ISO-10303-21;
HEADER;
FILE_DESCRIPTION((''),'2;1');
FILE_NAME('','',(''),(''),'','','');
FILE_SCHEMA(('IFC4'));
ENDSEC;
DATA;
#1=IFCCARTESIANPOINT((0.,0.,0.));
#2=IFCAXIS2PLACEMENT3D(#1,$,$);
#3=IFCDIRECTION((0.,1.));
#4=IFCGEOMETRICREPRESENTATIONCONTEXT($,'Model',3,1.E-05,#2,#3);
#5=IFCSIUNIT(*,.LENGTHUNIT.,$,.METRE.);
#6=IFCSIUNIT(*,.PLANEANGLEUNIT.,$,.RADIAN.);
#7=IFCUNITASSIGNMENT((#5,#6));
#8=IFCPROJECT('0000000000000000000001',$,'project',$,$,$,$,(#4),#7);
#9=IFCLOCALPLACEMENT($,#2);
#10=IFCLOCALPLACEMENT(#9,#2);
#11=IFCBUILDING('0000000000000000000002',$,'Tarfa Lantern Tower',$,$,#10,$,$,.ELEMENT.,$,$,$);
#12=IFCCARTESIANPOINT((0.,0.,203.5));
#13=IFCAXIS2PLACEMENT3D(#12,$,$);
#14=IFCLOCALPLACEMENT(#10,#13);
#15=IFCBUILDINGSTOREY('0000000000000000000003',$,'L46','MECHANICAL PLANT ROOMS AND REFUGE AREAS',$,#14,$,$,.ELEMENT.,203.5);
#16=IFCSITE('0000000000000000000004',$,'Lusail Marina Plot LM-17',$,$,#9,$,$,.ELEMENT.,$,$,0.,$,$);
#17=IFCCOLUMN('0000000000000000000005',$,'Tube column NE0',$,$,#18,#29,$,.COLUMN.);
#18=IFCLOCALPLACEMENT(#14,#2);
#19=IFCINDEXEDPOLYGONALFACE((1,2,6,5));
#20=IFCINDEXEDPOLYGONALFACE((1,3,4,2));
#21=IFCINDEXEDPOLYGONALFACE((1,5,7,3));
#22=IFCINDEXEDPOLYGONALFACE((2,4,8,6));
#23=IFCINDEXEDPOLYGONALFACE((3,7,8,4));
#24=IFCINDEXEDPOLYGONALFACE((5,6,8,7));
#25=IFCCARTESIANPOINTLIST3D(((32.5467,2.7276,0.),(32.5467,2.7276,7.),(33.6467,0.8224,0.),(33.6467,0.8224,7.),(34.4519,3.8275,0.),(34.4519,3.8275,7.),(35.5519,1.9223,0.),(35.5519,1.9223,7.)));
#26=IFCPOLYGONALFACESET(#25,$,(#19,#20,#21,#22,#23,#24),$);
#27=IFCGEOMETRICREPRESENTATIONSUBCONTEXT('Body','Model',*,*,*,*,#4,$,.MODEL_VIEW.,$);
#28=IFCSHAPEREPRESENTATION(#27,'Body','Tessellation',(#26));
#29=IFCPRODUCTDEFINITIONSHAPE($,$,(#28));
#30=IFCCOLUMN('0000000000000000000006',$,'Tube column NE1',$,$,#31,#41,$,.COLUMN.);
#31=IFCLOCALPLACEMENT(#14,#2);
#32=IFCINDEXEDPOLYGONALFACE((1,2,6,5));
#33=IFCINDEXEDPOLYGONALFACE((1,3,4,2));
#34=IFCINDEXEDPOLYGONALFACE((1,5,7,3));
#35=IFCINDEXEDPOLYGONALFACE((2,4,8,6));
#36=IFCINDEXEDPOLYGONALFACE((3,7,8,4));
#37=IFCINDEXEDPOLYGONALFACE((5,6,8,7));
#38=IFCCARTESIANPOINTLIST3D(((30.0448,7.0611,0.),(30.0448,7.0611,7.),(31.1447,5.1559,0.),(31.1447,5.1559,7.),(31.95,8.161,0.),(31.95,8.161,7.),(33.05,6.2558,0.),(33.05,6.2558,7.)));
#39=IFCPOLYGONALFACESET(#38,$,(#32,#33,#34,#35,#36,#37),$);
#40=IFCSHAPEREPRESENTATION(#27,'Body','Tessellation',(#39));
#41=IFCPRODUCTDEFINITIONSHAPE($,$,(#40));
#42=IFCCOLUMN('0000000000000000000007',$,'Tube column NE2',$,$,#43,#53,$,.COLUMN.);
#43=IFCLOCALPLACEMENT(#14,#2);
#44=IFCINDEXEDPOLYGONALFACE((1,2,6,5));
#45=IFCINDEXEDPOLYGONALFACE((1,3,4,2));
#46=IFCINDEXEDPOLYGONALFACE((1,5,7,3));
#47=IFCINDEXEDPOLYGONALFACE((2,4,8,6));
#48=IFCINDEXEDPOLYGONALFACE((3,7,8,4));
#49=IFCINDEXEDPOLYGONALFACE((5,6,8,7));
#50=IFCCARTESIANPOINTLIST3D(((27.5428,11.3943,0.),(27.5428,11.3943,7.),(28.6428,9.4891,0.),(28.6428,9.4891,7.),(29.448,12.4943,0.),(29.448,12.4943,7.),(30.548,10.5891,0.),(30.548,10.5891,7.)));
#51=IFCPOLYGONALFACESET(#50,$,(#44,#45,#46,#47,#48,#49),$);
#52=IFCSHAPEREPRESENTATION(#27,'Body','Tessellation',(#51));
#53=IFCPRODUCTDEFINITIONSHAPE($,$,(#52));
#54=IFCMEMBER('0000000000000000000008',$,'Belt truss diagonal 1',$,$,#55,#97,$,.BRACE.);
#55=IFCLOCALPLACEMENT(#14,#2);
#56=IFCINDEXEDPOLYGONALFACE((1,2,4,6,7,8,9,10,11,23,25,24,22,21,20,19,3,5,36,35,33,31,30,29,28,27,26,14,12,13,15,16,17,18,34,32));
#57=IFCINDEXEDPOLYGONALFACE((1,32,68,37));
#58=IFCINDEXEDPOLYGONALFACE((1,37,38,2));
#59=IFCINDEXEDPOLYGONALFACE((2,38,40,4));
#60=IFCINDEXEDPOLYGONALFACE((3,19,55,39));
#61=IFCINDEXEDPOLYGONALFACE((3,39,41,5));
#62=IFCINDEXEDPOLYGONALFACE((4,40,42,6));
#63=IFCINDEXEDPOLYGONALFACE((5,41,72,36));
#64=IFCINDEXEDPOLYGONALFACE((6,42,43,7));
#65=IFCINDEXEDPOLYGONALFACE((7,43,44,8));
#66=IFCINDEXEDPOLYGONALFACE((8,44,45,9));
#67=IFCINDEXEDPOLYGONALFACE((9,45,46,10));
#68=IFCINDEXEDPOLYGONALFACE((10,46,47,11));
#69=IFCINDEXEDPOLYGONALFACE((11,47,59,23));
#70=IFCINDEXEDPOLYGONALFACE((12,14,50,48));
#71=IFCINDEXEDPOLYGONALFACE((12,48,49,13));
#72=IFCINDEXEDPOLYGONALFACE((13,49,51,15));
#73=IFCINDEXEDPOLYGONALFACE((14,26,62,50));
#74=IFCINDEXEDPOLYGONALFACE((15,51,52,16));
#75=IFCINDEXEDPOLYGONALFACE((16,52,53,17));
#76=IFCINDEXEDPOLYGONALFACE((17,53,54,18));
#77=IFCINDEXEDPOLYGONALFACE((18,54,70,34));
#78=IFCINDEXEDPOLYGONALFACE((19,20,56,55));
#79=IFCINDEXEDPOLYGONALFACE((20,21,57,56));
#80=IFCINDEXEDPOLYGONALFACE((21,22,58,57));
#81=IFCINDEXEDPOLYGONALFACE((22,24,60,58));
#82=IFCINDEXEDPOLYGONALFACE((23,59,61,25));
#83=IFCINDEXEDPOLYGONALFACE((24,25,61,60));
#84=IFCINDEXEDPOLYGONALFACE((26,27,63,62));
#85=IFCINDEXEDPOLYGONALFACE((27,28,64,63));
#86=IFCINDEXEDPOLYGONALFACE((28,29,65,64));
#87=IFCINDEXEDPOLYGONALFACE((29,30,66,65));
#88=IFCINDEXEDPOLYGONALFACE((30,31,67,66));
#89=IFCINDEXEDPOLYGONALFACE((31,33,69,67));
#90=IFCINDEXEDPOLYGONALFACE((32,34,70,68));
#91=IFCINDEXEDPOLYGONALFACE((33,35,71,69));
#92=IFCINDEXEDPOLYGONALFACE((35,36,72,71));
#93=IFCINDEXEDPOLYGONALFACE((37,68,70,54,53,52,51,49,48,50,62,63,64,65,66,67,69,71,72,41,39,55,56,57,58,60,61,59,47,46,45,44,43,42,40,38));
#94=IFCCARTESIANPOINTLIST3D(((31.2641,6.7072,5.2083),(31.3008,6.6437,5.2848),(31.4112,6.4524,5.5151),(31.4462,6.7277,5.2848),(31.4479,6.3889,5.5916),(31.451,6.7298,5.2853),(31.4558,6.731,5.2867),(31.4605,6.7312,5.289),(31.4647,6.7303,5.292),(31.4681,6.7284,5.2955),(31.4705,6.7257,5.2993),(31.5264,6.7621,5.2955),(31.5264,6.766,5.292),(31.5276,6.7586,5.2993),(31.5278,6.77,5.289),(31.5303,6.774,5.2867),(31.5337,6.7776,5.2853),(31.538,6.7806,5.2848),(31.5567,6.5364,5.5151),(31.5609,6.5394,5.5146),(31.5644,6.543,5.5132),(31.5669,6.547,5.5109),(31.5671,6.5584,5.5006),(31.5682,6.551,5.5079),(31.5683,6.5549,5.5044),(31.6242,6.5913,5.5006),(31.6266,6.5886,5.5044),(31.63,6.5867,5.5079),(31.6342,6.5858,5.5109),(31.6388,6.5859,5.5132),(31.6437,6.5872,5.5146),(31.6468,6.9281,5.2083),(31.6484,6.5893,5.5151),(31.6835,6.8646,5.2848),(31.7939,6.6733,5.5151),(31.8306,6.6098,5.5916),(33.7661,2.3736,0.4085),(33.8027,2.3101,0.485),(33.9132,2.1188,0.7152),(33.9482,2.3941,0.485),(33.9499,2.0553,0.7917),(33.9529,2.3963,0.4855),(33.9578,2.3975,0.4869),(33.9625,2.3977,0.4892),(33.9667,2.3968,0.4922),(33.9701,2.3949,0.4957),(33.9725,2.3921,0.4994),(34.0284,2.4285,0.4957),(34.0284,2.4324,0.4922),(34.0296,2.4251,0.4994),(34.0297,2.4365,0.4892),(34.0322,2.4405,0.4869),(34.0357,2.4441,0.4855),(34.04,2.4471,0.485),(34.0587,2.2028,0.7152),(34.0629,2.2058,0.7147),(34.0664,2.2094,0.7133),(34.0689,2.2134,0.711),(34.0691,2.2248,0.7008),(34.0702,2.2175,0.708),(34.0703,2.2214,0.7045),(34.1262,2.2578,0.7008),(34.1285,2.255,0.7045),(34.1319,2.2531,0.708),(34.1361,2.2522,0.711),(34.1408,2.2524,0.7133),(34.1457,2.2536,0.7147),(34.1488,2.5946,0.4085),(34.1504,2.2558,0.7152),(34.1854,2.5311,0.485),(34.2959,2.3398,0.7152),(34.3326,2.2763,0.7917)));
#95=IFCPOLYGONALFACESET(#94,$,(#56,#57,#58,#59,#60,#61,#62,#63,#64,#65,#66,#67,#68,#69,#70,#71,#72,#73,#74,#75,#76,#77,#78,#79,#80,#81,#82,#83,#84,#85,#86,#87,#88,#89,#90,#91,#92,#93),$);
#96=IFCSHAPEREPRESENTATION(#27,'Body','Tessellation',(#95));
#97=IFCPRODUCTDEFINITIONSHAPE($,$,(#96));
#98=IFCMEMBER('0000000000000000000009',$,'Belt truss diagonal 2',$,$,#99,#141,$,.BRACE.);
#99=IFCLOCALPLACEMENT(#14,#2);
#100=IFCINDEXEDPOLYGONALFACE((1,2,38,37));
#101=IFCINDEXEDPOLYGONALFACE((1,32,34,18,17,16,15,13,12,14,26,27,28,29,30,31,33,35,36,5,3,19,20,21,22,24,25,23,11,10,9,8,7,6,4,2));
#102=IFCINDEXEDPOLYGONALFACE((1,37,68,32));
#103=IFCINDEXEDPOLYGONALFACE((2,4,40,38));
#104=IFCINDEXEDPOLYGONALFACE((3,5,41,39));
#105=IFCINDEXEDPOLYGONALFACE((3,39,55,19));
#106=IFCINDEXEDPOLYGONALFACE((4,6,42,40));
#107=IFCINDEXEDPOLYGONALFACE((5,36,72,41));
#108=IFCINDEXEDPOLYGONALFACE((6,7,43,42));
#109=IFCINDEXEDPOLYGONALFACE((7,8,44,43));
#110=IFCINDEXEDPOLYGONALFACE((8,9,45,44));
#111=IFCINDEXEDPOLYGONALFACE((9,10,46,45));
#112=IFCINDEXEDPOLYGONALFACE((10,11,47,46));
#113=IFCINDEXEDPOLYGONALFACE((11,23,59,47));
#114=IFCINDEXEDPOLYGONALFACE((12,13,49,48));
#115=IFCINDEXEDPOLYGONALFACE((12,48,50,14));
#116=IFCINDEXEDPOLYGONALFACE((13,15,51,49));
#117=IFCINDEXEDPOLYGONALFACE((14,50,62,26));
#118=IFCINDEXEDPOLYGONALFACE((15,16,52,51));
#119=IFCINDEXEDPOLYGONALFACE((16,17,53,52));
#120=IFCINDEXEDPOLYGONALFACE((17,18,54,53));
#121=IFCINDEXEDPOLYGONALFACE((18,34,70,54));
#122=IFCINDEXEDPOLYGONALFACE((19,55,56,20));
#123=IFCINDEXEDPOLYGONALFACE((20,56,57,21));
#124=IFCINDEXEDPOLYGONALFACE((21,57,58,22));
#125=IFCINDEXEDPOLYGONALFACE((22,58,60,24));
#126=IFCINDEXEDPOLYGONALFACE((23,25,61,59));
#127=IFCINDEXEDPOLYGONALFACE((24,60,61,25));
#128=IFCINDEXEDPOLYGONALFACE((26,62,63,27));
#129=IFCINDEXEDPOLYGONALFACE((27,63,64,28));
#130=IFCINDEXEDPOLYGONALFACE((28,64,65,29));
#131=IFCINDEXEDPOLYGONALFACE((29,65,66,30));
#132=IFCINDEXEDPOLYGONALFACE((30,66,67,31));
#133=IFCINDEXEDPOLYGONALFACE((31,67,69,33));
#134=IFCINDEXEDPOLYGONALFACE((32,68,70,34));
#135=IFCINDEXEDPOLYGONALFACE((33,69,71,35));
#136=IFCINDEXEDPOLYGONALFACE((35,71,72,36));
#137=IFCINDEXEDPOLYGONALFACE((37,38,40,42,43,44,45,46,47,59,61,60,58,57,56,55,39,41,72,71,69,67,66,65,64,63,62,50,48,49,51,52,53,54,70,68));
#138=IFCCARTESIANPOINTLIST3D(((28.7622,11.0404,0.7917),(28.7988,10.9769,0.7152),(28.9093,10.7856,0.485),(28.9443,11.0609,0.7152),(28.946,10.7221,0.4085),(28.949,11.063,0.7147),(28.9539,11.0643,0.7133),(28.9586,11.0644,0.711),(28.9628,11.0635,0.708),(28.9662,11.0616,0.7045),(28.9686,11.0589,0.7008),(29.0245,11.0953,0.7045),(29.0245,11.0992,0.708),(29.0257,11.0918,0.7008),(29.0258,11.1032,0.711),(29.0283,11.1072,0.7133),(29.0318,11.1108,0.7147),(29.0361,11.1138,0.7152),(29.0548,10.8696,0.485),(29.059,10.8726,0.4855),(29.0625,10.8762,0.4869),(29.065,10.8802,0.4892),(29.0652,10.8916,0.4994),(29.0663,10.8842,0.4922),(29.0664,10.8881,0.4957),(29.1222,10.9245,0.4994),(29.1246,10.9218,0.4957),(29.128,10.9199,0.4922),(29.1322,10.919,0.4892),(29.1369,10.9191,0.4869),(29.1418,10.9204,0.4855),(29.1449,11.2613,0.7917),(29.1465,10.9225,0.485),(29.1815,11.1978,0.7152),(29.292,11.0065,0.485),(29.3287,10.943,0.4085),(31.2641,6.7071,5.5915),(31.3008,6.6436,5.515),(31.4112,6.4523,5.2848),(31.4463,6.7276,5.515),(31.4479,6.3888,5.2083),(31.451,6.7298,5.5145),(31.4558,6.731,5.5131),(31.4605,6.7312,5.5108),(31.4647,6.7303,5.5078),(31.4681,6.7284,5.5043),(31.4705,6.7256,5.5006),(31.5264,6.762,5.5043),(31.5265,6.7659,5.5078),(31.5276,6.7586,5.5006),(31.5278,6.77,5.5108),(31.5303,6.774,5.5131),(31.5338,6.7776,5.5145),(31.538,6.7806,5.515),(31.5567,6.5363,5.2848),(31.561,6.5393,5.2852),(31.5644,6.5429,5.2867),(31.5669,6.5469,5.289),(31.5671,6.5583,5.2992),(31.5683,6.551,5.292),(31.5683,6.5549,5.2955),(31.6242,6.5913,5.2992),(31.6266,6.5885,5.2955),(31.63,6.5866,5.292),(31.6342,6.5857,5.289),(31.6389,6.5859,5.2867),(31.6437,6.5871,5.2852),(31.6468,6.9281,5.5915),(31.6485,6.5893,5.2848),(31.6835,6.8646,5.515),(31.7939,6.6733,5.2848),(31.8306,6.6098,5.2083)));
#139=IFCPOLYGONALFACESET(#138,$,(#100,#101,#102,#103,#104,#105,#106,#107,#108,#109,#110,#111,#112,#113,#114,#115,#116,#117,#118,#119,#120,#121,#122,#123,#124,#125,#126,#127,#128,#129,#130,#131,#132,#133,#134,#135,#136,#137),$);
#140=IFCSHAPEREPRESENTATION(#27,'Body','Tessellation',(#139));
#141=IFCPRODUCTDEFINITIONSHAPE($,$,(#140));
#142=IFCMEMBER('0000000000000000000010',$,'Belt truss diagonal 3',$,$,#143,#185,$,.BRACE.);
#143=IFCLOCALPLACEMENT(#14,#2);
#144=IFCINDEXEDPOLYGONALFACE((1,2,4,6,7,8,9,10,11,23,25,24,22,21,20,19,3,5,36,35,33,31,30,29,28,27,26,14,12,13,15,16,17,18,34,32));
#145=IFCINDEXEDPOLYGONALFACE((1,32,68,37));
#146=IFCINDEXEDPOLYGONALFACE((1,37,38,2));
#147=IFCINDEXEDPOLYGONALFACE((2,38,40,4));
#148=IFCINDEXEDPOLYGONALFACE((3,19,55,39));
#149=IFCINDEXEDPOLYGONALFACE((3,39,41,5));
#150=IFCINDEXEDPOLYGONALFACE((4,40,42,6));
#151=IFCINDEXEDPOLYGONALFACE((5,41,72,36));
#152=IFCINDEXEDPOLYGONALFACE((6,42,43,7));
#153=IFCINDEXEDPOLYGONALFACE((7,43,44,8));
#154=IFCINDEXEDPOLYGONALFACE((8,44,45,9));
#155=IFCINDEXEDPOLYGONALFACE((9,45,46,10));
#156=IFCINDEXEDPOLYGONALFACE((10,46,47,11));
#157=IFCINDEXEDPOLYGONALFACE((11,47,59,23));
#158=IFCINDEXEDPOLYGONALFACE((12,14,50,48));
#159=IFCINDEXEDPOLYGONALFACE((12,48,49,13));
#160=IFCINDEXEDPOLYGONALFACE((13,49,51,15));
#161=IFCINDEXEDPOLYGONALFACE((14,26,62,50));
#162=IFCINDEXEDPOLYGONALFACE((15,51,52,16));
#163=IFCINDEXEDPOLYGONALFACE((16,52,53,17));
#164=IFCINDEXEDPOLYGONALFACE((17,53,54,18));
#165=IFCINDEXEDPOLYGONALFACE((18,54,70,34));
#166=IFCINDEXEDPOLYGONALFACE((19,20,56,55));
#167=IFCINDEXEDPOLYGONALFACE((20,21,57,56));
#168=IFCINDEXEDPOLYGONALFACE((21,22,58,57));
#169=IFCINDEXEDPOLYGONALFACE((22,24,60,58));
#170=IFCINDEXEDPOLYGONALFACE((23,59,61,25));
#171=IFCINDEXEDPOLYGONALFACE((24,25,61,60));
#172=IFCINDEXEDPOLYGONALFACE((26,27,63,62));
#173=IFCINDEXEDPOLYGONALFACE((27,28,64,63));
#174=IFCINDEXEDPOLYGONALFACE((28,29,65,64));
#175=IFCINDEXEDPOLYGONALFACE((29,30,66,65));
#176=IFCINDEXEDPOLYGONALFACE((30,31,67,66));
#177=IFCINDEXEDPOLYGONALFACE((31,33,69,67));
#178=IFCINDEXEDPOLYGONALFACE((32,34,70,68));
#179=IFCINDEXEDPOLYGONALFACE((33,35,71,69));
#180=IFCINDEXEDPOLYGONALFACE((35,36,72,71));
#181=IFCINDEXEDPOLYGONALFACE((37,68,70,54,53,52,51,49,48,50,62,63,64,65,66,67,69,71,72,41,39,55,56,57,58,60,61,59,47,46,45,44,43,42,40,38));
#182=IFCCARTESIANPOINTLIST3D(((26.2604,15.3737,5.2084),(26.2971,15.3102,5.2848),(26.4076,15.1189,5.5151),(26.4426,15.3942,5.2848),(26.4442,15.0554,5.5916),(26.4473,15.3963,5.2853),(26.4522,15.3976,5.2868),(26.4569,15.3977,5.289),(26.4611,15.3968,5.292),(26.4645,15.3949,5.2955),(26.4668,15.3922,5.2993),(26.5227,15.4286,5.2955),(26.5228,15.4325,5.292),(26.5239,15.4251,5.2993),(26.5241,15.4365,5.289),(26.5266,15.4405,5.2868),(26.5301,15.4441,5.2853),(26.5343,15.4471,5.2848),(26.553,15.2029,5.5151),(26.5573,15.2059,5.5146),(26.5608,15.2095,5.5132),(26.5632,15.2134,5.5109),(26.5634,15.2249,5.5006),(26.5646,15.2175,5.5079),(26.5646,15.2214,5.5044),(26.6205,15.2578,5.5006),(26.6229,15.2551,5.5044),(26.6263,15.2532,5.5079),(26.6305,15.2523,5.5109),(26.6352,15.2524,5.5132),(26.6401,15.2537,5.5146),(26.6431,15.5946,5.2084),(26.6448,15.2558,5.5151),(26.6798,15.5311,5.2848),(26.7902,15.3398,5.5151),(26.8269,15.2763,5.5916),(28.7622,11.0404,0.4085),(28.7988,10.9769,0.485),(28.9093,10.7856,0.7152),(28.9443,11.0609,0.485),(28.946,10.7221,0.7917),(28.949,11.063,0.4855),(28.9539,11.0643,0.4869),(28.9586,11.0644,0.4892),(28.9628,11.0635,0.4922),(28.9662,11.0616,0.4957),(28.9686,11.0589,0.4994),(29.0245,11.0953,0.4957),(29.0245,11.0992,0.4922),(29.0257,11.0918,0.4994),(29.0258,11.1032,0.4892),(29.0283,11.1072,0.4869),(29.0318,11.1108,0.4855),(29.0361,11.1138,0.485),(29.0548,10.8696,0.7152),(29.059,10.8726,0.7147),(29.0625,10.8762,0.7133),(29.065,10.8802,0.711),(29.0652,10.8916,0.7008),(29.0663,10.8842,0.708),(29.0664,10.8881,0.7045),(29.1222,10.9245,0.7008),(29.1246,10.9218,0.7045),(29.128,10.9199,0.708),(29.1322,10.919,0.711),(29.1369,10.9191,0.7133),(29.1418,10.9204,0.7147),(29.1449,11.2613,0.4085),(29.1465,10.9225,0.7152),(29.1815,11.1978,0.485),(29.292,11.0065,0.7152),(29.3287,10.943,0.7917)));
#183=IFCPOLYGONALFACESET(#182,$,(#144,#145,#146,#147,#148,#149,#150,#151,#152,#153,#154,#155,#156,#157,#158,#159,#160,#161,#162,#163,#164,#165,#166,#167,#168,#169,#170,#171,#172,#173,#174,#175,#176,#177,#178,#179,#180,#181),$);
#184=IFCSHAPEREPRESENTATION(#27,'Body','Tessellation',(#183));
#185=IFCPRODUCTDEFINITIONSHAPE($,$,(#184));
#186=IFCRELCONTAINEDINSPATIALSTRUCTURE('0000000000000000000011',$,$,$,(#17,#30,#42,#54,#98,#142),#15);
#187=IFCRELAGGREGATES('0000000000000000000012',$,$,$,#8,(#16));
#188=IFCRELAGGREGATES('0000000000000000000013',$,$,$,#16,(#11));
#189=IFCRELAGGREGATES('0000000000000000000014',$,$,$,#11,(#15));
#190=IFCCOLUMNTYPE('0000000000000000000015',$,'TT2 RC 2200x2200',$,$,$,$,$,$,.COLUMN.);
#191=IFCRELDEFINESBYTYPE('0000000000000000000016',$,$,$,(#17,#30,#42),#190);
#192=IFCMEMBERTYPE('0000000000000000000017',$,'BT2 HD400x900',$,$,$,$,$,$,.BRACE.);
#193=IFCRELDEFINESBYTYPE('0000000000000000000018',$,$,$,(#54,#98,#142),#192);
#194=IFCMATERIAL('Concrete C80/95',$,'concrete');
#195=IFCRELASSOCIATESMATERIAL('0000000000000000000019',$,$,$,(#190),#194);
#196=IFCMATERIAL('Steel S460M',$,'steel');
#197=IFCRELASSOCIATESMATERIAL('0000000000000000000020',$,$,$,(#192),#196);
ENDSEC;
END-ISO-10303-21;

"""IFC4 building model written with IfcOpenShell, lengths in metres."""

from ifc_helpers import new_model, si_unit, direction, frame, origin, origin_2d, place, context, subcontext, project, spatial, rectangle, i_section, extrude, material, material_profile, profile_set, type_object, element, save


model = new_model("IFC4")

# Units and contexts
model_context = context("Model", 3, precision=1e-05, world=origin(), true_north=direction((0.0, 1.0)))
body_context = subcontext(model_context, "Body", "Model", "MODEL_VIEW")
ifc_project = project(units=[si_unit("LENGTHUNIT", "METRE"), si_unit("PLANEANGLEUNIT", "RADIAN")], contexts=[model_context])

# Site, building, storey
site_placement = place(None, origin())
site = spatial("IfcSite", under=ifc_project, at=site_placement, Name="Lusail Marina Plot LM-17", CompositionType="ELEMENT", RefElevation=0.0)
building_placement = place(site_placement, origin())
building = spatial("IfcBuilding", under=site, at=building_placement, Name="Tarfa Lantern Tower", CompositionType="ELEMENT")
storey_placement = place(building_placement, frame((0.0, 0.0, 203.5)))
storey = spatial("IfcBuildingStorey", under=building, at=storey_placement, Name="L46", Description="MECHANICAL PLANT ROOMS AND REFUGE AREAS", CompositionType="ELEMENT", Elevation=203.5)

# Columns
ifc_material_1 = material(Name="Concrete C80/95", Category="concrete")
ifc_material_profile_1 = material_profile(ifc_material_1, rectangle(XDim=2.2, YDim=2.2, at=origin_2d()), Name="RC 2200x2200")
ifc_profile_set_1 = profile_set([ifc_material_profile_1], Name="Concrete C80/95")
column_type = type_object("IfcColumnType", Name="TT2 RC 2200x2200", PredefinedType="COLUMN", material=ifc_profile_set_1)
for number, where, z_axis, x_axis, name in (
    (1, (34.0493, 2.325, 0.0), (0.0, 0.0, 1.0), (-0.5, 0.866025, 0.0), "Tube column NE0"),
    (2, (31.5474, 6.6584, 0.0), (0.0, 0.0, 1.0), (-0.5, 0.866025, 0.0), "Tube column NE1"),
    (3, (29.0454, 10.9917, 0.0), (0.0, 0.0, 1.0), (-0.5, 0.866025, 0.0), "Tube column NE2"),
):
    element("IfcColumn", number, at=place(storey_placement, frame(where, z_axis=z_axis, x_axis=x_axis)), inside=storey, type_object=column_type, Name=name, PredefinedType="COLUMN", context=body_context, shape_type="SweptSolid", body=[
        extrude(rectangle(XDim=2.2, YDim=2.2, at=origin_2d()), origin(), (0.0, 0.0, 1.0), 7.0),
    ])

# Members
ifc_material_2 = material(Name="Steel S460M", Category="steel")
ifc_material_profile_2 = material_profile(ifc_material_2, i_section(OverallWidth=0.4419, OverallDepth=0.531, WebThickness=0.0659, FlangeThickness=0.106, FilletRadius=0.02, at=origin_2d()), Name="HD400x900")
ifc_profile_set_2 = profile_set([ifc_material_profile_2], Name="Steel S460M")
member_type_1 = type_object("IfcMemberType", Name="BT2 HD400x900", PredefinedType="BRACE", material=ifc_profile_set_2)
member_1_placement = place(storey_placement, frame((34.0493, 2.325, 0.6001), z_axis=(-0.360836, 0.624985, 0.692237), x_axis=(-0.866025, -0.500001, 0.0)))
element("IfcMember", 4, at=member_1_placement, inside=storey, type_object=member_type_1, Name="Belt truss diagonal 1", PredefinedType="BRACE", context=body_context, shape_type="SweptSolid", body=[
    extrude(i_section(OverallWidth=0.4419, OverallDepth=0.531, WebThickness=0.0659, FlangeThickness=0.106, FilletRadius=0.02, at=origin_2d()), origin(), (0.0, 0.0, 1.0), 6.9338),
])
for number, where, z_axis, x_axis, name in (
    (5, (29.0454, 10.9917, 0.6001), (0.360844, -0.624963, 0.692252), (0.866013, 0.500022, 0.0), "Belt truss diagonal 2"),
    (6, (29.0454, 10.9917, 0.6001), (-0.360814, 0.624971, 0.692261), (-0.866034, -0.499986, 0.0), "Belt truss diagonal 3"),
):
    element("IfcMember", number, at=place(storey_placement, frame(where, z_axis=z_axis, x_axis=x_axis)), inside=storey, type_object=member_type_1, Name=name, PredefinedType="BRACE", context=body_context, shape_type="SweptSolid", body=[
        extrude(i_section(OverallWidth=0.4419, OverallDepth=0.531, WebThickness=0.0659, FlangeThickness=0.106, FilletRadius=0.02, at=origin_2d()), origin(), (0.0, 0.0, 1.0), 6.9336),
    ])

save(model, "model.ifc")
